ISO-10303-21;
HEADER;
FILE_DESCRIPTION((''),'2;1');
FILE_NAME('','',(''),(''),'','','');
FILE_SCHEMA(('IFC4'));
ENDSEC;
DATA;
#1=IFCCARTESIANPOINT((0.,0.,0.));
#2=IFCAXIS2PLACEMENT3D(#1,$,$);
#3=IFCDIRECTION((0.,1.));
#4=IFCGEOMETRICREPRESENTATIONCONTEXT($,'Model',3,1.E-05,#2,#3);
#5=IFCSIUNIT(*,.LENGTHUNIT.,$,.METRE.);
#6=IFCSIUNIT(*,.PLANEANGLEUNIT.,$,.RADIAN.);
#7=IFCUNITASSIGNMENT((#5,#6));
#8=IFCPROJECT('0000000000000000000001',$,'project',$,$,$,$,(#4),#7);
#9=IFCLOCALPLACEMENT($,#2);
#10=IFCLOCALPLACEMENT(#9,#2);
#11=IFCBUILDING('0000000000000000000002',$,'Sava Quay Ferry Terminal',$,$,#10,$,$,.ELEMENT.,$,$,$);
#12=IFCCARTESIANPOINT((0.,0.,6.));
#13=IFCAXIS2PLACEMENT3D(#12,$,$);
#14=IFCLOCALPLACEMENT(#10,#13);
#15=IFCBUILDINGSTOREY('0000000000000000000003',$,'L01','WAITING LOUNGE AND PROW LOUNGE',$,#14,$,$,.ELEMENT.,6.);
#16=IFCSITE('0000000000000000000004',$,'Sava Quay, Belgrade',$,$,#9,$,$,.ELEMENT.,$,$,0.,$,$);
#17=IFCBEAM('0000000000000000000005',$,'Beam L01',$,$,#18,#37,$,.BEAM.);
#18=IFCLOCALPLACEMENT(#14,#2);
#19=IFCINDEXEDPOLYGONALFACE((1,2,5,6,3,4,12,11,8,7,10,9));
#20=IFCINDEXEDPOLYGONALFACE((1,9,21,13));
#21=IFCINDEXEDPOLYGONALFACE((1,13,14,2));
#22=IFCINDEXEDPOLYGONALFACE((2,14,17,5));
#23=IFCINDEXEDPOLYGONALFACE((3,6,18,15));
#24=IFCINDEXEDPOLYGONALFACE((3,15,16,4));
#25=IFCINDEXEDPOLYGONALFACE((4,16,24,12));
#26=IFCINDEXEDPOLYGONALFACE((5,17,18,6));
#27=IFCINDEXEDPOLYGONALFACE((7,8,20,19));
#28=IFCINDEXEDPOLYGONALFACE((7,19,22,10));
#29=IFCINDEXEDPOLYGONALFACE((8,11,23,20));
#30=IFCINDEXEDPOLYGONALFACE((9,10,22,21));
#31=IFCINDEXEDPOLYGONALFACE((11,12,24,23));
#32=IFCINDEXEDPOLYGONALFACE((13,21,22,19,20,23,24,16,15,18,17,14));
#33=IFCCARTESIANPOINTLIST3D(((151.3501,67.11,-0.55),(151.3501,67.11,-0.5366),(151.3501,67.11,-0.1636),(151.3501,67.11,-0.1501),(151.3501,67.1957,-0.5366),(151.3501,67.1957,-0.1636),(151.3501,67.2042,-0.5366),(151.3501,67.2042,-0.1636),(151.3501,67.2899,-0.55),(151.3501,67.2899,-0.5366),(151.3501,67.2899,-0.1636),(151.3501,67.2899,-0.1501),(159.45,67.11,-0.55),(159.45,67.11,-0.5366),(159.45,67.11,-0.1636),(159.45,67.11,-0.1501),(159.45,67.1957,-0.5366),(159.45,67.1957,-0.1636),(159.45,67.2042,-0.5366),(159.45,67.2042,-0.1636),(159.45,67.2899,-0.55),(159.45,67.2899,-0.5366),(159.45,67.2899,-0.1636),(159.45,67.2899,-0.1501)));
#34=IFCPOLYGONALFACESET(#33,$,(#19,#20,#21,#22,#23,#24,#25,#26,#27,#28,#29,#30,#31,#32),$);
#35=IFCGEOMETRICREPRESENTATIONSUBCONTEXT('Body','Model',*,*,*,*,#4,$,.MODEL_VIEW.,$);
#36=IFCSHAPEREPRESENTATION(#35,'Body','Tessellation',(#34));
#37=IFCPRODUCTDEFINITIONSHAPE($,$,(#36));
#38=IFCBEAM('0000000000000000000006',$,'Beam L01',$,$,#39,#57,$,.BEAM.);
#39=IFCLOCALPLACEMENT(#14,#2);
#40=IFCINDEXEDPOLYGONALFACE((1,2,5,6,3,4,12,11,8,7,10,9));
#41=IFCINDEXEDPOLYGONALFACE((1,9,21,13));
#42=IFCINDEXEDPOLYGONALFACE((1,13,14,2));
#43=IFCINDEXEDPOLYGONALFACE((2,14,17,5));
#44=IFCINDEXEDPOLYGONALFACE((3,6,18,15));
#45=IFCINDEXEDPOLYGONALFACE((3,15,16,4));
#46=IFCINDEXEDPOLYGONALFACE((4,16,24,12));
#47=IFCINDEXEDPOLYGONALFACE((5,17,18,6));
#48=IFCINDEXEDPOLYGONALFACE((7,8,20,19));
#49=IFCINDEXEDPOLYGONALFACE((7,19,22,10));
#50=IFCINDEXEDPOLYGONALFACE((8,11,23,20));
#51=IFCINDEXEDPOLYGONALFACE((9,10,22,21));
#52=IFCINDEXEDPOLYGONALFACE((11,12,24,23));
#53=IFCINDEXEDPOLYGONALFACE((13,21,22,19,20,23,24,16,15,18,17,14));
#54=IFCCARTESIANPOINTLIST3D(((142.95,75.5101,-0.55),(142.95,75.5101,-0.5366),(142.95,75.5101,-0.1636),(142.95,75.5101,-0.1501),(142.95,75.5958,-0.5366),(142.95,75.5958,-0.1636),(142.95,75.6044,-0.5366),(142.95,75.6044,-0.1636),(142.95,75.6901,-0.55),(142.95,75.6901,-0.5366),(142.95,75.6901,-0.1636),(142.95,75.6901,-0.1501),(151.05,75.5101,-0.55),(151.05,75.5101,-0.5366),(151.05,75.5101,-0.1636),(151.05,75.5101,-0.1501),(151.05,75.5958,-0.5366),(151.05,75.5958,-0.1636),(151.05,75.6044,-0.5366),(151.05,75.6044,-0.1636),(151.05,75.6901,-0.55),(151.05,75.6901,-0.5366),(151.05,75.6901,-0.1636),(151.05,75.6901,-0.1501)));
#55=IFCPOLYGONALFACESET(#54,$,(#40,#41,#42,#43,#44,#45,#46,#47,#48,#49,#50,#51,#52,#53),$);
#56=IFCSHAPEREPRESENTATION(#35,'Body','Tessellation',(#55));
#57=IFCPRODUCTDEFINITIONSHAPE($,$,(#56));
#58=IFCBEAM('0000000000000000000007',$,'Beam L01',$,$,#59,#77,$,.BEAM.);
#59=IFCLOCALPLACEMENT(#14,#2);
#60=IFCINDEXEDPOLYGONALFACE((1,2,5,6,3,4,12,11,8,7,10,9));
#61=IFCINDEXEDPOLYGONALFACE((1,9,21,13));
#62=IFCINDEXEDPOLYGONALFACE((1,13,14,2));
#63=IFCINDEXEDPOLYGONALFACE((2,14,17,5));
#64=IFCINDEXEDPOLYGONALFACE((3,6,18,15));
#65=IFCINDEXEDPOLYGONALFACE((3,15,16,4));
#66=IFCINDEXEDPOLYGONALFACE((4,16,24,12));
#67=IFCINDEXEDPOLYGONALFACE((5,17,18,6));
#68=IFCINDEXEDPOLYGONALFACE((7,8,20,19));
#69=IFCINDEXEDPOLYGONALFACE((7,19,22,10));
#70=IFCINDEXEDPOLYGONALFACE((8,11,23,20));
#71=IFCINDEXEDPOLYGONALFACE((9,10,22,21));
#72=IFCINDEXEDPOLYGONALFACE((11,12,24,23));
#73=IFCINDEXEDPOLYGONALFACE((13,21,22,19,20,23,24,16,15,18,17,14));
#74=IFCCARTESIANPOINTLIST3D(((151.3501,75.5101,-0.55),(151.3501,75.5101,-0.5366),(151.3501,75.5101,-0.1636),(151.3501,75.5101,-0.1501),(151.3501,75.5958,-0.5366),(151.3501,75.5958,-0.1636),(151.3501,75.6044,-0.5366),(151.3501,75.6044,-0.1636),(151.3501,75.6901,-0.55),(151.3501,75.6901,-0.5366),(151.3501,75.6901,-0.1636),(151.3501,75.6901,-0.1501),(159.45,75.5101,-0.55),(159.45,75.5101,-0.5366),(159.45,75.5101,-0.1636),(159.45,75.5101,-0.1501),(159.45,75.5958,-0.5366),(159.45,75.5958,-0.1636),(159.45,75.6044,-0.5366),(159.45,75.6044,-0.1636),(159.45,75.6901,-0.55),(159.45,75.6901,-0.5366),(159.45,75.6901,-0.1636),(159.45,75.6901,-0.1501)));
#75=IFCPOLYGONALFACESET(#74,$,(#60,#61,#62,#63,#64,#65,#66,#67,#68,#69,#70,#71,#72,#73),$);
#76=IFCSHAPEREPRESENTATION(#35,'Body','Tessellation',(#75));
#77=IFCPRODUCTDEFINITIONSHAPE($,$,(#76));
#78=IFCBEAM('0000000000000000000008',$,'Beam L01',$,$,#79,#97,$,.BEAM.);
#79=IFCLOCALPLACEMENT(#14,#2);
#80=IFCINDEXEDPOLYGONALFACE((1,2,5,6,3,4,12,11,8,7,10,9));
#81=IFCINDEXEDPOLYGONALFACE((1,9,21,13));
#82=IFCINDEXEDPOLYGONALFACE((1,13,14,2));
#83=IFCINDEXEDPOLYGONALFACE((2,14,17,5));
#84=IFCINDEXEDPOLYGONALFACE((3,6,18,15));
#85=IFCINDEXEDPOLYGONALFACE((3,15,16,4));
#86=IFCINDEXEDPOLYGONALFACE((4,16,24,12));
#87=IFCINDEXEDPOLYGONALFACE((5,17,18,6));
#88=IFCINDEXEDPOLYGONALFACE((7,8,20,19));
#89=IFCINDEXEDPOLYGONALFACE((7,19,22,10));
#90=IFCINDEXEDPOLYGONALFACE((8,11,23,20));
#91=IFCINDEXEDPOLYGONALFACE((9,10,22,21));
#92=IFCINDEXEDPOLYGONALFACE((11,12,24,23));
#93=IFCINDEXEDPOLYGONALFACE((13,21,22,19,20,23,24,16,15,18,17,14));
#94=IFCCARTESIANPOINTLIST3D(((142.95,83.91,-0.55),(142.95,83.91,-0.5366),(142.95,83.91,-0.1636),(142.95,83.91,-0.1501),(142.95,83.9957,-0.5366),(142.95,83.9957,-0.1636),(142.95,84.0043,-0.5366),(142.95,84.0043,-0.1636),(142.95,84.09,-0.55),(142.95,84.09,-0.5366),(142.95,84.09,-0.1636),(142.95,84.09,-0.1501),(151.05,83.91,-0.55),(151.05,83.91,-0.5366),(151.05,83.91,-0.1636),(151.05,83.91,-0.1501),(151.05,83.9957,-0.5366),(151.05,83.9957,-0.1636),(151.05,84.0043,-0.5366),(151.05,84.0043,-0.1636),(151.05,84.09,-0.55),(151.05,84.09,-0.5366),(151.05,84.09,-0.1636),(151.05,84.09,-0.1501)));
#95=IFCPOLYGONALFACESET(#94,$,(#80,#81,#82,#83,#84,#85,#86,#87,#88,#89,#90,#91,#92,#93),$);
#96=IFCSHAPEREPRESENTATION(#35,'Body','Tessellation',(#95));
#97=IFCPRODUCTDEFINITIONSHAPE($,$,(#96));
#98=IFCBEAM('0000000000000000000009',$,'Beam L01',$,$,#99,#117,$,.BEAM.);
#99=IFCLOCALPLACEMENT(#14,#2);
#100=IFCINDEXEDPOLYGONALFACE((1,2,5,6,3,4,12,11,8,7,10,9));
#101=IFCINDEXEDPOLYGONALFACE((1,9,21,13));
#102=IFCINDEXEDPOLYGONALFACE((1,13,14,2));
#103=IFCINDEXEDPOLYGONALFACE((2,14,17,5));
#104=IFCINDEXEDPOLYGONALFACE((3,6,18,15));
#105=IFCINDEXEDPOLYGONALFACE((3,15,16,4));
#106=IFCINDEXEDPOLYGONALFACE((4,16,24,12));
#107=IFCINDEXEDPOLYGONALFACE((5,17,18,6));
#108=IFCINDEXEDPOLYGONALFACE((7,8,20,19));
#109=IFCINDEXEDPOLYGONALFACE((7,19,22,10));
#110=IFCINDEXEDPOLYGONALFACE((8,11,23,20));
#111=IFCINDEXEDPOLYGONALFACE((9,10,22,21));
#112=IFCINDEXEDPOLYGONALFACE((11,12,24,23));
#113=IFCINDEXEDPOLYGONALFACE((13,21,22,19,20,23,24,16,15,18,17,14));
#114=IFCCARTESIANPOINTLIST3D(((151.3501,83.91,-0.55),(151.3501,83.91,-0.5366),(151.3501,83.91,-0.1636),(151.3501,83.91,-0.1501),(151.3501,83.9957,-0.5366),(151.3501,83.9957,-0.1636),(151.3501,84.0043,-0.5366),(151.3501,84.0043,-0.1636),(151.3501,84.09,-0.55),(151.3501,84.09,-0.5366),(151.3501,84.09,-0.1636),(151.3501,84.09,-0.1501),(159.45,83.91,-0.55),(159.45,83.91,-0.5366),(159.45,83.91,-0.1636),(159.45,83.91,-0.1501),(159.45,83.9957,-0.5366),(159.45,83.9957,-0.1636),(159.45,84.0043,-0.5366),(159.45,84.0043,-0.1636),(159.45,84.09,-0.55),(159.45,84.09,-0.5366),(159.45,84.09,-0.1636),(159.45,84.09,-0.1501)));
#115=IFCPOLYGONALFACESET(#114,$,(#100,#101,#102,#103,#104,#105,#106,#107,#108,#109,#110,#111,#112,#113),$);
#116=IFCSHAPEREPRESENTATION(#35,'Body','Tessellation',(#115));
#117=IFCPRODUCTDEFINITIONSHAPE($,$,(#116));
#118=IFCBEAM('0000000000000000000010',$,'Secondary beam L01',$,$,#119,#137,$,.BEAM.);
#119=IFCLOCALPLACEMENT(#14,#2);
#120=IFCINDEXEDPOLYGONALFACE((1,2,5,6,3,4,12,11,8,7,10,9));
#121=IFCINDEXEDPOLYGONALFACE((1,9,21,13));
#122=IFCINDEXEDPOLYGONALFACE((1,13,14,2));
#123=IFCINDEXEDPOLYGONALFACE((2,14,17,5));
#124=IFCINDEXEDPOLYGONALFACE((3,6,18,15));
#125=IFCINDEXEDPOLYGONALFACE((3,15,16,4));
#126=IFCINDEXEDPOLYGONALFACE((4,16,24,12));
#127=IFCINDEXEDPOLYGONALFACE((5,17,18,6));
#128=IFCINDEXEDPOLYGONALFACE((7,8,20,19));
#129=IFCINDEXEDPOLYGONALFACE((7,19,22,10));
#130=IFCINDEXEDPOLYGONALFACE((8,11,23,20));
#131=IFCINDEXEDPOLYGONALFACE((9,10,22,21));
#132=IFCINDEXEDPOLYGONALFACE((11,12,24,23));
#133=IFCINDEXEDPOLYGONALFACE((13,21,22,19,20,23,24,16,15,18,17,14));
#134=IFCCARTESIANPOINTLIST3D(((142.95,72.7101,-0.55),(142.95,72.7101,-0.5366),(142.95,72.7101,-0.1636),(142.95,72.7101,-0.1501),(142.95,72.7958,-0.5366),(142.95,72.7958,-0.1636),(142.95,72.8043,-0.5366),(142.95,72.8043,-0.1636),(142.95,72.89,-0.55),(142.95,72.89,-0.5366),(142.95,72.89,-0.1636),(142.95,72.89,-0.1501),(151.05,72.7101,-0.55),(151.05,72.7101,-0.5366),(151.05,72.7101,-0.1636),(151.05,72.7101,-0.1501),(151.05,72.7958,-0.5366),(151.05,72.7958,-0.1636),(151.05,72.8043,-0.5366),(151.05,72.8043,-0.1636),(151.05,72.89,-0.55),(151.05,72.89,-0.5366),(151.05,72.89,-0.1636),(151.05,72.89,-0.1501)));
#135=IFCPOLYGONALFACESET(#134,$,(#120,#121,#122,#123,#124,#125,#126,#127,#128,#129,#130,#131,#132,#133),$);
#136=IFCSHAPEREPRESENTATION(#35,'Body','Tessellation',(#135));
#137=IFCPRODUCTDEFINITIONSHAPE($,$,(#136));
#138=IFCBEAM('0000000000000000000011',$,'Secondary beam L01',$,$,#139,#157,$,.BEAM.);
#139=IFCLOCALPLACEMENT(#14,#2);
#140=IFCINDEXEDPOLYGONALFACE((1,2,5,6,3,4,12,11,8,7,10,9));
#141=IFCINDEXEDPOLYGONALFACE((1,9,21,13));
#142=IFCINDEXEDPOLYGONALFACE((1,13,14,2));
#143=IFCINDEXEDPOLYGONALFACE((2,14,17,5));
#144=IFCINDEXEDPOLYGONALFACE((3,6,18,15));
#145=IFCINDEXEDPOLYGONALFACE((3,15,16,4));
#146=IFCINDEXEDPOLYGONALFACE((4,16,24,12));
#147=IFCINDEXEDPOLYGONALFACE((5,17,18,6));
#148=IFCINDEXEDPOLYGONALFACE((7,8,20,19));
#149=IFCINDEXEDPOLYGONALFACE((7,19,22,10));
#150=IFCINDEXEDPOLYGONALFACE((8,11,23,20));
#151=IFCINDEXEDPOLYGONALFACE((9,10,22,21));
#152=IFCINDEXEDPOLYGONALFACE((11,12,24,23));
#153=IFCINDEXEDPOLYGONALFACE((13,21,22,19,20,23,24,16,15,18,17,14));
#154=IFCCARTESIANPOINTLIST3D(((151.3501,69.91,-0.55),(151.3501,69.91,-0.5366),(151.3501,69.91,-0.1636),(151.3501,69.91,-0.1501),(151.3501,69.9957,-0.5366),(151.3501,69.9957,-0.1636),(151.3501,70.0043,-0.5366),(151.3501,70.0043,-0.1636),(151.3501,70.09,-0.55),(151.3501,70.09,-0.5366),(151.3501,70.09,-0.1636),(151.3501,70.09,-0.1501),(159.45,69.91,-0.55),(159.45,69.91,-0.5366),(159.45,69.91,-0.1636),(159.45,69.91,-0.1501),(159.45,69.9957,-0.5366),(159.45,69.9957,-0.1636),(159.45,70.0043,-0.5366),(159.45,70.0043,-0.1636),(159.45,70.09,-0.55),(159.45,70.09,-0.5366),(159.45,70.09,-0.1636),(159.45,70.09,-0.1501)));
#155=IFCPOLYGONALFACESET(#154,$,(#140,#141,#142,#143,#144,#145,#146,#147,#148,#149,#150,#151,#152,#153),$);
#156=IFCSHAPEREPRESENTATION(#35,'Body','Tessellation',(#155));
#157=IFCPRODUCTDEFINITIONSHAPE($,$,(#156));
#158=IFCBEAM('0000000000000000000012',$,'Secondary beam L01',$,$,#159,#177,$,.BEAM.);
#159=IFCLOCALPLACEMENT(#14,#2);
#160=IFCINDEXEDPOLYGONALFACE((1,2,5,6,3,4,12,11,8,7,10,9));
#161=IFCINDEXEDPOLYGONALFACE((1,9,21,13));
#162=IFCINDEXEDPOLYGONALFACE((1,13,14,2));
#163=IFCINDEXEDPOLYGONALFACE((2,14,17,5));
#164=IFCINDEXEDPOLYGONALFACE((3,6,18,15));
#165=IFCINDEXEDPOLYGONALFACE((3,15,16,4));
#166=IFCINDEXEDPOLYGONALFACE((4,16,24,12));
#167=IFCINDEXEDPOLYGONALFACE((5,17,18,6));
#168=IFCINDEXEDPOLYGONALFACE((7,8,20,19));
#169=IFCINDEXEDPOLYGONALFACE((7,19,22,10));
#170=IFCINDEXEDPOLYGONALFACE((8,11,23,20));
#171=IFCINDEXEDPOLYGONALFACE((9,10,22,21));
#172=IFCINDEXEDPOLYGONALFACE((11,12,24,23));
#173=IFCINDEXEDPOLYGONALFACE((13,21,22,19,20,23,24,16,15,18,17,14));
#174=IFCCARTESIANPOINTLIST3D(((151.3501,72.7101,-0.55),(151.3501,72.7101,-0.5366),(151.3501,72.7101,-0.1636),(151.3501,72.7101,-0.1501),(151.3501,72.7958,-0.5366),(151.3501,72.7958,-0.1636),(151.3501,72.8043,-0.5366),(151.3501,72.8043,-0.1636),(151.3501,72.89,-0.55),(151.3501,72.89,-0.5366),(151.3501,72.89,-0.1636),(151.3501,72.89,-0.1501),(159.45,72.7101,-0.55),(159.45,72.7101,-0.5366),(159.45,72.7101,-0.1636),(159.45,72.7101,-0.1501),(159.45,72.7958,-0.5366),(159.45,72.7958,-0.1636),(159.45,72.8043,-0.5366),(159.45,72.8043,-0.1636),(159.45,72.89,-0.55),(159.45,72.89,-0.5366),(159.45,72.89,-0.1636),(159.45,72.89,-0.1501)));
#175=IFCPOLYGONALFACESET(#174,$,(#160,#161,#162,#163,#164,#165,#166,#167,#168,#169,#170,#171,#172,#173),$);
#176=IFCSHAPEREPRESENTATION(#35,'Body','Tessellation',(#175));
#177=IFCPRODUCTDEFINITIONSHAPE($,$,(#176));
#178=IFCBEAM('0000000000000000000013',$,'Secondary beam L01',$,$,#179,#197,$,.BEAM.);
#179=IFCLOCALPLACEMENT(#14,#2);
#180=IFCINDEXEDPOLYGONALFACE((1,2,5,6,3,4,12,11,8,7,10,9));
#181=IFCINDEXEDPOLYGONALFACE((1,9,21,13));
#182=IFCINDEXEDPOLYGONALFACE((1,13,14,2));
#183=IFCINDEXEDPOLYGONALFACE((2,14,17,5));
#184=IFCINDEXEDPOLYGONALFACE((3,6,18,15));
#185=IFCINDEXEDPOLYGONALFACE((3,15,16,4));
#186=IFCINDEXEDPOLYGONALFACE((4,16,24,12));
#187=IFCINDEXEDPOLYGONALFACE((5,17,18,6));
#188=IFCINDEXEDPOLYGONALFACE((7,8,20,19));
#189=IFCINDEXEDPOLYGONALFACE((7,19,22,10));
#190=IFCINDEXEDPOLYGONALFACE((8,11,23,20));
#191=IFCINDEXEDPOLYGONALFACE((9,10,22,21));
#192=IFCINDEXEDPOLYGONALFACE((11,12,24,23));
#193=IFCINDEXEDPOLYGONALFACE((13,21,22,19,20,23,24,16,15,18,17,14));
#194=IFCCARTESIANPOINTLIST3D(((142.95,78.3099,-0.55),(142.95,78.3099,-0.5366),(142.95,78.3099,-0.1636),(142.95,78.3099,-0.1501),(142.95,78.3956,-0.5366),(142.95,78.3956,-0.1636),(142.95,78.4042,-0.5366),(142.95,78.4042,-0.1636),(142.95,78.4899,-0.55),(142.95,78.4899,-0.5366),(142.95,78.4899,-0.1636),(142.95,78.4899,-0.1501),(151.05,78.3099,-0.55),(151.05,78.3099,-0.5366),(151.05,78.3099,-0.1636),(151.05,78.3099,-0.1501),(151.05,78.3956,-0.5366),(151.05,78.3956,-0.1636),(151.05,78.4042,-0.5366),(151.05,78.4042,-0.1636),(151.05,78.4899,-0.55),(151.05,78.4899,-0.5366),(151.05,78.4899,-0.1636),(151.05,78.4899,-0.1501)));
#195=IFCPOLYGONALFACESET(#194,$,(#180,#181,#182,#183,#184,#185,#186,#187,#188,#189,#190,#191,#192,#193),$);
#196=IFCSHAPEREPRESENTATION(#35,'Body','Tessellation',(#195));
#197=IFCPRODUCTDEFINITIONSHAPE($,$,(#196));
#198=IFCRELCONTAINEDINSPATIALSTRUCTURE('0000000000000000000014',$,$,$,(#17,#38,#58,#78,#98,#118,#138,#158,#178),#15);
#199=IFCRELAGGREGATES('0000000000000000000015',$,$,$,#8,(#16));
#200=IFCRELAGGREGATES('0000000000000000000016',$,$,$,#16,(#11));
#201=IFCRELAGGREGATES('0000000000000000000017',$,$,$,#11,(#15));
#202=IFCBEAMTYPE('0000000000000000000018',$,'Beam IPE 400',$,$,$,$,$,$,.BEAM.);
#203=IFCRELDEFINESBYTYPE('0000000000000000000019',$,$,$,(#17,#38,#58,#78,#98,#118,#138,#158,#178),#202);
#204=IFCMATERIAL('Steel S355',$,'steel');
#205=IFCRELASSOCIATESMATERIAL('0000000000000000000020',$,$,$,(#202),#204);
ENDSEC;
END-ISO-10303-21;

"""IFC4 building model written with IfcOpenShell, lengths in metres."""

from ifc_helpers import new_model, si_unit, direction, frame, origin, origin_2d, place, context, subcontext, project, spatial, i_section, extrude, material, material_profile, profile_set, type_object, element, save


model = new_model("IFC4")

# Units and contexts
model_context = context("Model", 3, precision=1e-05, world=origin(), true_north=direction((0.0, 1.0)))
body_context = subcontext(model_context, "Body", "Model", "MODEL_VIEW")
ifc_project = project(units=[si_unit("LENGTHUNIT", "METRE"), si_unit("PLANEANGLEUNIT", "RADIAN")], contexts=[model_context])

# Site, building, storey
site_placement = place(None, origin())
site = spatial("IfcSite", under=ifc_project, at=site_placement, Name="Sava Quay, Belgrade", CompositionType="ELEMENT", RefElevation=0.0)
building_placement = place(site_placement, origin())
building = spatial("IfcBuilding", under=site, at=building_placement, Name="Sava Quay Ferry Terminal", CompositionType="ELEMENT")
storey_placement = place(building_placement, frame((0.0, 0.0, 6.0)))
storey = spatial("IfcBuildingStorey", under=building, at=storey_placement, Name="L01", Description="WAITING LOUNGE AND PROW LOUNGE", CompositionType="ELEMENT", Elevation=6.0)

# Beams
ifc_material_1 = material(Name="Steel S355", Category="steel")
ifc_material_profile_1 = material_profile(ifc_material_1, i_section(OverallWidth=0.1799, OverallDepth=0.3999, WebThickness=0.0085, FlangeThickness=0.0134, at=origin_2d()), Name="IPE 400")
ifc_profile_set_1 = profile_set([ifc_material_profile_1], Name="Steel S355")
beam_type_1 = type_object("IfcBeamType", Name="Beam IPE 400", PredefinedType="BEAM", material=ifc_profile_set_1)
beam_1_placement = place(storey_placement, frame((151.3501, 67.2, -0.3501), z_axis=(1.0, 0.0, 0.0), x_axis=(0.0, 1.0, 0.0)))
element("IfcBeam", 1, at=beam_1_placement, inside=storey, type_object=beam_type_1, Name="Beam L01", PredefinedType="BEAM", context=body_context, shape_type="SweptSolid", body=[
    extrude(i_section(OverallWidth=0.1799, OverallDepth=0.3999, WebThickness=0.0085, FlangeThickness=0.0134, at=origin_2d()), origin(), (0.0, 0.0, 1.0), 8.0999),
])
beam_2_placement = place(storey_placement, frame((142.95, 75.6001, -0.3501), z_axis=(1.0, 0.0, 0.0), x_axis=(0.0, 1.0, 0.0)))
element("IfcBeam", 2, at=beam_2_placement, inside=storey, type_object=beam_type_1, Name="Beam L01", PredefinedType="BEAM", context=body_context, shape_type="SweptSolid", body=[
    extrude(i_section(OverallWidth=0.1799, OverallDepth=0.3999, WebThickness=0.0085, FlangeThickness=0.0134, at=origin_2d()), origin(), (0.0, 0.0, 1.0), 8.1001),
])
beam_3_placement = place(storey_placement, frame((151.3501, 75.6001, -0.3501), z_axis=(1.0, 0.0, 0.0), x_axis=(0.0, 1.0, 0.0)))
element("IfcBeam", 3, at=beam_3_placement, inside=storey, type_object=beam_type_1, Name="Beam L01", PredefinedType="BEAM", context=body_context, shape_type="SweptSolid", body=[
    extrude(i_section(OverallWidth=0.1799, OverallDepth=0.3999, WebThickness=0.0085, FlangeThickness=0.0134, at=origin_2d()), origin(), (0.0, 0.0, 1.0), 8.0999),
])
beam_4_placement = place(storey_placement, frame((142.95, 84.0, -0.3501), z_axis=(1.0, 0.0, 0.0), x_axis=(0.0, 1.0, 0.0)))
element("IfcBeam", 4, at=beam_4_placement, inside=storey, type_object=beam_type_1, Name="Beam L01", PredefinedType="BEAM", context=body_context, shape_type="SweptSolid", body=[
    extrude(i_section(OverallWidth=0.1799, OverallDepth=0.3999, WebThickness=0.0085, FlangeThickness=0.0134, at=origin_2d()), origin(), (0.0, 0.0, 1.0), 8.1001),
])
beam_5_placement = place(storey_placement, frame((151.3501, 84.0, -0.3501), z_axis=(1.0, 0.0, 0.0), x_axis=(0.0, 1.0, 0.0)))
element("IfcBeam", 5, at=beam_5_placement, inside=storey, type_object=beam_type_1, Name="Beam L01", PredefinedType="BEAM", context=body_context, shape_type="SweptSolid", body=[
    extrude(i_section(OverallWidth=0.1799, OverallDepth=0.3999, WebThickness=0.0085, FlangeThickness=0.0134, at=origin_2d()), origin(), (0.0, 0.0, 1.0), 8.0999),
])
beam_6_placement = place(storey_placement, frame((142.95, 72.8, -0.3501), z_axis=(1.0, 0.0, 0.0), x_axis=(0.0, 1.0, 0.0)))
element("IfcBeam", 6, at=beam_6_placement, inside=storey, type_object=beam_type_1, Name="Secondary beam L01", PredefinedType="BEAM", context=body_context, shape_type="SweptSolid", body=[
    extrude(i_section(OverallWidth=0.1799, OverallDepth=0.3999, WebThickness=0.0085, FlangeThickness=0.0134, at=origin_2d()), origin(), (0.0, 0.0, 1.0), 8.1001),
])
for number, where, z_axis, x_axis, name in (
    (7, (151.3501, 70.0, -0.3501), (1.0, 0.0, 0.0), (0.0, 1.0, 0.0), "Secondary beam L01"),
    (8, (151.3501, 72.8, -0.3501), (1.0, 0.0, 0.0), (0.0, 1.0, 0.0), "Secondary beam L01"),
):
    element("IfcBeam", number, at=place(storey_placement, frame(where, z_axis=z_axis, x_axis=x_axis)), inside=storey, type_object=beam_type_1, Name=name, PredefinedType="BEAM", context=body_context, shape_type="SweptSolid", body=[
        extrude(i_section(OverallWidth=0.1799, OverallDepth=0.3999, WebThickness=0.0085, FlangeThickness=0.0134, at=origin_2d()), origin(), (0.0, 0.0, 1.0), 8.0999),
    ])
for number, where, z_axis, x_axis, name in (
    (9, (142.95, 78.3999, -0.3501), (1.0, 0.0, 0.0), (0.0, 1.0, 0.0), "Secondary beam L01"),
):
    element("IfcBeam", number, at=place(storey_placement, frame(where, z_axis=z_axis, x_axis=x_axis)), inside=storey, type_object=beam_type_1, Name=name, PredefinedType="BEAM", context=body_context, shape_type="SweptSolid", body=[
        extrude(i_section(OverallWidth=0.1799, OverallDepth=0.3999, WebThickness=0.0085, FlangeThickness=0.0134, at=origin_2d()), origin(), (0.0, 0.0, 1.0), 8.1001),
    ])

save(model, "model.ifc")
